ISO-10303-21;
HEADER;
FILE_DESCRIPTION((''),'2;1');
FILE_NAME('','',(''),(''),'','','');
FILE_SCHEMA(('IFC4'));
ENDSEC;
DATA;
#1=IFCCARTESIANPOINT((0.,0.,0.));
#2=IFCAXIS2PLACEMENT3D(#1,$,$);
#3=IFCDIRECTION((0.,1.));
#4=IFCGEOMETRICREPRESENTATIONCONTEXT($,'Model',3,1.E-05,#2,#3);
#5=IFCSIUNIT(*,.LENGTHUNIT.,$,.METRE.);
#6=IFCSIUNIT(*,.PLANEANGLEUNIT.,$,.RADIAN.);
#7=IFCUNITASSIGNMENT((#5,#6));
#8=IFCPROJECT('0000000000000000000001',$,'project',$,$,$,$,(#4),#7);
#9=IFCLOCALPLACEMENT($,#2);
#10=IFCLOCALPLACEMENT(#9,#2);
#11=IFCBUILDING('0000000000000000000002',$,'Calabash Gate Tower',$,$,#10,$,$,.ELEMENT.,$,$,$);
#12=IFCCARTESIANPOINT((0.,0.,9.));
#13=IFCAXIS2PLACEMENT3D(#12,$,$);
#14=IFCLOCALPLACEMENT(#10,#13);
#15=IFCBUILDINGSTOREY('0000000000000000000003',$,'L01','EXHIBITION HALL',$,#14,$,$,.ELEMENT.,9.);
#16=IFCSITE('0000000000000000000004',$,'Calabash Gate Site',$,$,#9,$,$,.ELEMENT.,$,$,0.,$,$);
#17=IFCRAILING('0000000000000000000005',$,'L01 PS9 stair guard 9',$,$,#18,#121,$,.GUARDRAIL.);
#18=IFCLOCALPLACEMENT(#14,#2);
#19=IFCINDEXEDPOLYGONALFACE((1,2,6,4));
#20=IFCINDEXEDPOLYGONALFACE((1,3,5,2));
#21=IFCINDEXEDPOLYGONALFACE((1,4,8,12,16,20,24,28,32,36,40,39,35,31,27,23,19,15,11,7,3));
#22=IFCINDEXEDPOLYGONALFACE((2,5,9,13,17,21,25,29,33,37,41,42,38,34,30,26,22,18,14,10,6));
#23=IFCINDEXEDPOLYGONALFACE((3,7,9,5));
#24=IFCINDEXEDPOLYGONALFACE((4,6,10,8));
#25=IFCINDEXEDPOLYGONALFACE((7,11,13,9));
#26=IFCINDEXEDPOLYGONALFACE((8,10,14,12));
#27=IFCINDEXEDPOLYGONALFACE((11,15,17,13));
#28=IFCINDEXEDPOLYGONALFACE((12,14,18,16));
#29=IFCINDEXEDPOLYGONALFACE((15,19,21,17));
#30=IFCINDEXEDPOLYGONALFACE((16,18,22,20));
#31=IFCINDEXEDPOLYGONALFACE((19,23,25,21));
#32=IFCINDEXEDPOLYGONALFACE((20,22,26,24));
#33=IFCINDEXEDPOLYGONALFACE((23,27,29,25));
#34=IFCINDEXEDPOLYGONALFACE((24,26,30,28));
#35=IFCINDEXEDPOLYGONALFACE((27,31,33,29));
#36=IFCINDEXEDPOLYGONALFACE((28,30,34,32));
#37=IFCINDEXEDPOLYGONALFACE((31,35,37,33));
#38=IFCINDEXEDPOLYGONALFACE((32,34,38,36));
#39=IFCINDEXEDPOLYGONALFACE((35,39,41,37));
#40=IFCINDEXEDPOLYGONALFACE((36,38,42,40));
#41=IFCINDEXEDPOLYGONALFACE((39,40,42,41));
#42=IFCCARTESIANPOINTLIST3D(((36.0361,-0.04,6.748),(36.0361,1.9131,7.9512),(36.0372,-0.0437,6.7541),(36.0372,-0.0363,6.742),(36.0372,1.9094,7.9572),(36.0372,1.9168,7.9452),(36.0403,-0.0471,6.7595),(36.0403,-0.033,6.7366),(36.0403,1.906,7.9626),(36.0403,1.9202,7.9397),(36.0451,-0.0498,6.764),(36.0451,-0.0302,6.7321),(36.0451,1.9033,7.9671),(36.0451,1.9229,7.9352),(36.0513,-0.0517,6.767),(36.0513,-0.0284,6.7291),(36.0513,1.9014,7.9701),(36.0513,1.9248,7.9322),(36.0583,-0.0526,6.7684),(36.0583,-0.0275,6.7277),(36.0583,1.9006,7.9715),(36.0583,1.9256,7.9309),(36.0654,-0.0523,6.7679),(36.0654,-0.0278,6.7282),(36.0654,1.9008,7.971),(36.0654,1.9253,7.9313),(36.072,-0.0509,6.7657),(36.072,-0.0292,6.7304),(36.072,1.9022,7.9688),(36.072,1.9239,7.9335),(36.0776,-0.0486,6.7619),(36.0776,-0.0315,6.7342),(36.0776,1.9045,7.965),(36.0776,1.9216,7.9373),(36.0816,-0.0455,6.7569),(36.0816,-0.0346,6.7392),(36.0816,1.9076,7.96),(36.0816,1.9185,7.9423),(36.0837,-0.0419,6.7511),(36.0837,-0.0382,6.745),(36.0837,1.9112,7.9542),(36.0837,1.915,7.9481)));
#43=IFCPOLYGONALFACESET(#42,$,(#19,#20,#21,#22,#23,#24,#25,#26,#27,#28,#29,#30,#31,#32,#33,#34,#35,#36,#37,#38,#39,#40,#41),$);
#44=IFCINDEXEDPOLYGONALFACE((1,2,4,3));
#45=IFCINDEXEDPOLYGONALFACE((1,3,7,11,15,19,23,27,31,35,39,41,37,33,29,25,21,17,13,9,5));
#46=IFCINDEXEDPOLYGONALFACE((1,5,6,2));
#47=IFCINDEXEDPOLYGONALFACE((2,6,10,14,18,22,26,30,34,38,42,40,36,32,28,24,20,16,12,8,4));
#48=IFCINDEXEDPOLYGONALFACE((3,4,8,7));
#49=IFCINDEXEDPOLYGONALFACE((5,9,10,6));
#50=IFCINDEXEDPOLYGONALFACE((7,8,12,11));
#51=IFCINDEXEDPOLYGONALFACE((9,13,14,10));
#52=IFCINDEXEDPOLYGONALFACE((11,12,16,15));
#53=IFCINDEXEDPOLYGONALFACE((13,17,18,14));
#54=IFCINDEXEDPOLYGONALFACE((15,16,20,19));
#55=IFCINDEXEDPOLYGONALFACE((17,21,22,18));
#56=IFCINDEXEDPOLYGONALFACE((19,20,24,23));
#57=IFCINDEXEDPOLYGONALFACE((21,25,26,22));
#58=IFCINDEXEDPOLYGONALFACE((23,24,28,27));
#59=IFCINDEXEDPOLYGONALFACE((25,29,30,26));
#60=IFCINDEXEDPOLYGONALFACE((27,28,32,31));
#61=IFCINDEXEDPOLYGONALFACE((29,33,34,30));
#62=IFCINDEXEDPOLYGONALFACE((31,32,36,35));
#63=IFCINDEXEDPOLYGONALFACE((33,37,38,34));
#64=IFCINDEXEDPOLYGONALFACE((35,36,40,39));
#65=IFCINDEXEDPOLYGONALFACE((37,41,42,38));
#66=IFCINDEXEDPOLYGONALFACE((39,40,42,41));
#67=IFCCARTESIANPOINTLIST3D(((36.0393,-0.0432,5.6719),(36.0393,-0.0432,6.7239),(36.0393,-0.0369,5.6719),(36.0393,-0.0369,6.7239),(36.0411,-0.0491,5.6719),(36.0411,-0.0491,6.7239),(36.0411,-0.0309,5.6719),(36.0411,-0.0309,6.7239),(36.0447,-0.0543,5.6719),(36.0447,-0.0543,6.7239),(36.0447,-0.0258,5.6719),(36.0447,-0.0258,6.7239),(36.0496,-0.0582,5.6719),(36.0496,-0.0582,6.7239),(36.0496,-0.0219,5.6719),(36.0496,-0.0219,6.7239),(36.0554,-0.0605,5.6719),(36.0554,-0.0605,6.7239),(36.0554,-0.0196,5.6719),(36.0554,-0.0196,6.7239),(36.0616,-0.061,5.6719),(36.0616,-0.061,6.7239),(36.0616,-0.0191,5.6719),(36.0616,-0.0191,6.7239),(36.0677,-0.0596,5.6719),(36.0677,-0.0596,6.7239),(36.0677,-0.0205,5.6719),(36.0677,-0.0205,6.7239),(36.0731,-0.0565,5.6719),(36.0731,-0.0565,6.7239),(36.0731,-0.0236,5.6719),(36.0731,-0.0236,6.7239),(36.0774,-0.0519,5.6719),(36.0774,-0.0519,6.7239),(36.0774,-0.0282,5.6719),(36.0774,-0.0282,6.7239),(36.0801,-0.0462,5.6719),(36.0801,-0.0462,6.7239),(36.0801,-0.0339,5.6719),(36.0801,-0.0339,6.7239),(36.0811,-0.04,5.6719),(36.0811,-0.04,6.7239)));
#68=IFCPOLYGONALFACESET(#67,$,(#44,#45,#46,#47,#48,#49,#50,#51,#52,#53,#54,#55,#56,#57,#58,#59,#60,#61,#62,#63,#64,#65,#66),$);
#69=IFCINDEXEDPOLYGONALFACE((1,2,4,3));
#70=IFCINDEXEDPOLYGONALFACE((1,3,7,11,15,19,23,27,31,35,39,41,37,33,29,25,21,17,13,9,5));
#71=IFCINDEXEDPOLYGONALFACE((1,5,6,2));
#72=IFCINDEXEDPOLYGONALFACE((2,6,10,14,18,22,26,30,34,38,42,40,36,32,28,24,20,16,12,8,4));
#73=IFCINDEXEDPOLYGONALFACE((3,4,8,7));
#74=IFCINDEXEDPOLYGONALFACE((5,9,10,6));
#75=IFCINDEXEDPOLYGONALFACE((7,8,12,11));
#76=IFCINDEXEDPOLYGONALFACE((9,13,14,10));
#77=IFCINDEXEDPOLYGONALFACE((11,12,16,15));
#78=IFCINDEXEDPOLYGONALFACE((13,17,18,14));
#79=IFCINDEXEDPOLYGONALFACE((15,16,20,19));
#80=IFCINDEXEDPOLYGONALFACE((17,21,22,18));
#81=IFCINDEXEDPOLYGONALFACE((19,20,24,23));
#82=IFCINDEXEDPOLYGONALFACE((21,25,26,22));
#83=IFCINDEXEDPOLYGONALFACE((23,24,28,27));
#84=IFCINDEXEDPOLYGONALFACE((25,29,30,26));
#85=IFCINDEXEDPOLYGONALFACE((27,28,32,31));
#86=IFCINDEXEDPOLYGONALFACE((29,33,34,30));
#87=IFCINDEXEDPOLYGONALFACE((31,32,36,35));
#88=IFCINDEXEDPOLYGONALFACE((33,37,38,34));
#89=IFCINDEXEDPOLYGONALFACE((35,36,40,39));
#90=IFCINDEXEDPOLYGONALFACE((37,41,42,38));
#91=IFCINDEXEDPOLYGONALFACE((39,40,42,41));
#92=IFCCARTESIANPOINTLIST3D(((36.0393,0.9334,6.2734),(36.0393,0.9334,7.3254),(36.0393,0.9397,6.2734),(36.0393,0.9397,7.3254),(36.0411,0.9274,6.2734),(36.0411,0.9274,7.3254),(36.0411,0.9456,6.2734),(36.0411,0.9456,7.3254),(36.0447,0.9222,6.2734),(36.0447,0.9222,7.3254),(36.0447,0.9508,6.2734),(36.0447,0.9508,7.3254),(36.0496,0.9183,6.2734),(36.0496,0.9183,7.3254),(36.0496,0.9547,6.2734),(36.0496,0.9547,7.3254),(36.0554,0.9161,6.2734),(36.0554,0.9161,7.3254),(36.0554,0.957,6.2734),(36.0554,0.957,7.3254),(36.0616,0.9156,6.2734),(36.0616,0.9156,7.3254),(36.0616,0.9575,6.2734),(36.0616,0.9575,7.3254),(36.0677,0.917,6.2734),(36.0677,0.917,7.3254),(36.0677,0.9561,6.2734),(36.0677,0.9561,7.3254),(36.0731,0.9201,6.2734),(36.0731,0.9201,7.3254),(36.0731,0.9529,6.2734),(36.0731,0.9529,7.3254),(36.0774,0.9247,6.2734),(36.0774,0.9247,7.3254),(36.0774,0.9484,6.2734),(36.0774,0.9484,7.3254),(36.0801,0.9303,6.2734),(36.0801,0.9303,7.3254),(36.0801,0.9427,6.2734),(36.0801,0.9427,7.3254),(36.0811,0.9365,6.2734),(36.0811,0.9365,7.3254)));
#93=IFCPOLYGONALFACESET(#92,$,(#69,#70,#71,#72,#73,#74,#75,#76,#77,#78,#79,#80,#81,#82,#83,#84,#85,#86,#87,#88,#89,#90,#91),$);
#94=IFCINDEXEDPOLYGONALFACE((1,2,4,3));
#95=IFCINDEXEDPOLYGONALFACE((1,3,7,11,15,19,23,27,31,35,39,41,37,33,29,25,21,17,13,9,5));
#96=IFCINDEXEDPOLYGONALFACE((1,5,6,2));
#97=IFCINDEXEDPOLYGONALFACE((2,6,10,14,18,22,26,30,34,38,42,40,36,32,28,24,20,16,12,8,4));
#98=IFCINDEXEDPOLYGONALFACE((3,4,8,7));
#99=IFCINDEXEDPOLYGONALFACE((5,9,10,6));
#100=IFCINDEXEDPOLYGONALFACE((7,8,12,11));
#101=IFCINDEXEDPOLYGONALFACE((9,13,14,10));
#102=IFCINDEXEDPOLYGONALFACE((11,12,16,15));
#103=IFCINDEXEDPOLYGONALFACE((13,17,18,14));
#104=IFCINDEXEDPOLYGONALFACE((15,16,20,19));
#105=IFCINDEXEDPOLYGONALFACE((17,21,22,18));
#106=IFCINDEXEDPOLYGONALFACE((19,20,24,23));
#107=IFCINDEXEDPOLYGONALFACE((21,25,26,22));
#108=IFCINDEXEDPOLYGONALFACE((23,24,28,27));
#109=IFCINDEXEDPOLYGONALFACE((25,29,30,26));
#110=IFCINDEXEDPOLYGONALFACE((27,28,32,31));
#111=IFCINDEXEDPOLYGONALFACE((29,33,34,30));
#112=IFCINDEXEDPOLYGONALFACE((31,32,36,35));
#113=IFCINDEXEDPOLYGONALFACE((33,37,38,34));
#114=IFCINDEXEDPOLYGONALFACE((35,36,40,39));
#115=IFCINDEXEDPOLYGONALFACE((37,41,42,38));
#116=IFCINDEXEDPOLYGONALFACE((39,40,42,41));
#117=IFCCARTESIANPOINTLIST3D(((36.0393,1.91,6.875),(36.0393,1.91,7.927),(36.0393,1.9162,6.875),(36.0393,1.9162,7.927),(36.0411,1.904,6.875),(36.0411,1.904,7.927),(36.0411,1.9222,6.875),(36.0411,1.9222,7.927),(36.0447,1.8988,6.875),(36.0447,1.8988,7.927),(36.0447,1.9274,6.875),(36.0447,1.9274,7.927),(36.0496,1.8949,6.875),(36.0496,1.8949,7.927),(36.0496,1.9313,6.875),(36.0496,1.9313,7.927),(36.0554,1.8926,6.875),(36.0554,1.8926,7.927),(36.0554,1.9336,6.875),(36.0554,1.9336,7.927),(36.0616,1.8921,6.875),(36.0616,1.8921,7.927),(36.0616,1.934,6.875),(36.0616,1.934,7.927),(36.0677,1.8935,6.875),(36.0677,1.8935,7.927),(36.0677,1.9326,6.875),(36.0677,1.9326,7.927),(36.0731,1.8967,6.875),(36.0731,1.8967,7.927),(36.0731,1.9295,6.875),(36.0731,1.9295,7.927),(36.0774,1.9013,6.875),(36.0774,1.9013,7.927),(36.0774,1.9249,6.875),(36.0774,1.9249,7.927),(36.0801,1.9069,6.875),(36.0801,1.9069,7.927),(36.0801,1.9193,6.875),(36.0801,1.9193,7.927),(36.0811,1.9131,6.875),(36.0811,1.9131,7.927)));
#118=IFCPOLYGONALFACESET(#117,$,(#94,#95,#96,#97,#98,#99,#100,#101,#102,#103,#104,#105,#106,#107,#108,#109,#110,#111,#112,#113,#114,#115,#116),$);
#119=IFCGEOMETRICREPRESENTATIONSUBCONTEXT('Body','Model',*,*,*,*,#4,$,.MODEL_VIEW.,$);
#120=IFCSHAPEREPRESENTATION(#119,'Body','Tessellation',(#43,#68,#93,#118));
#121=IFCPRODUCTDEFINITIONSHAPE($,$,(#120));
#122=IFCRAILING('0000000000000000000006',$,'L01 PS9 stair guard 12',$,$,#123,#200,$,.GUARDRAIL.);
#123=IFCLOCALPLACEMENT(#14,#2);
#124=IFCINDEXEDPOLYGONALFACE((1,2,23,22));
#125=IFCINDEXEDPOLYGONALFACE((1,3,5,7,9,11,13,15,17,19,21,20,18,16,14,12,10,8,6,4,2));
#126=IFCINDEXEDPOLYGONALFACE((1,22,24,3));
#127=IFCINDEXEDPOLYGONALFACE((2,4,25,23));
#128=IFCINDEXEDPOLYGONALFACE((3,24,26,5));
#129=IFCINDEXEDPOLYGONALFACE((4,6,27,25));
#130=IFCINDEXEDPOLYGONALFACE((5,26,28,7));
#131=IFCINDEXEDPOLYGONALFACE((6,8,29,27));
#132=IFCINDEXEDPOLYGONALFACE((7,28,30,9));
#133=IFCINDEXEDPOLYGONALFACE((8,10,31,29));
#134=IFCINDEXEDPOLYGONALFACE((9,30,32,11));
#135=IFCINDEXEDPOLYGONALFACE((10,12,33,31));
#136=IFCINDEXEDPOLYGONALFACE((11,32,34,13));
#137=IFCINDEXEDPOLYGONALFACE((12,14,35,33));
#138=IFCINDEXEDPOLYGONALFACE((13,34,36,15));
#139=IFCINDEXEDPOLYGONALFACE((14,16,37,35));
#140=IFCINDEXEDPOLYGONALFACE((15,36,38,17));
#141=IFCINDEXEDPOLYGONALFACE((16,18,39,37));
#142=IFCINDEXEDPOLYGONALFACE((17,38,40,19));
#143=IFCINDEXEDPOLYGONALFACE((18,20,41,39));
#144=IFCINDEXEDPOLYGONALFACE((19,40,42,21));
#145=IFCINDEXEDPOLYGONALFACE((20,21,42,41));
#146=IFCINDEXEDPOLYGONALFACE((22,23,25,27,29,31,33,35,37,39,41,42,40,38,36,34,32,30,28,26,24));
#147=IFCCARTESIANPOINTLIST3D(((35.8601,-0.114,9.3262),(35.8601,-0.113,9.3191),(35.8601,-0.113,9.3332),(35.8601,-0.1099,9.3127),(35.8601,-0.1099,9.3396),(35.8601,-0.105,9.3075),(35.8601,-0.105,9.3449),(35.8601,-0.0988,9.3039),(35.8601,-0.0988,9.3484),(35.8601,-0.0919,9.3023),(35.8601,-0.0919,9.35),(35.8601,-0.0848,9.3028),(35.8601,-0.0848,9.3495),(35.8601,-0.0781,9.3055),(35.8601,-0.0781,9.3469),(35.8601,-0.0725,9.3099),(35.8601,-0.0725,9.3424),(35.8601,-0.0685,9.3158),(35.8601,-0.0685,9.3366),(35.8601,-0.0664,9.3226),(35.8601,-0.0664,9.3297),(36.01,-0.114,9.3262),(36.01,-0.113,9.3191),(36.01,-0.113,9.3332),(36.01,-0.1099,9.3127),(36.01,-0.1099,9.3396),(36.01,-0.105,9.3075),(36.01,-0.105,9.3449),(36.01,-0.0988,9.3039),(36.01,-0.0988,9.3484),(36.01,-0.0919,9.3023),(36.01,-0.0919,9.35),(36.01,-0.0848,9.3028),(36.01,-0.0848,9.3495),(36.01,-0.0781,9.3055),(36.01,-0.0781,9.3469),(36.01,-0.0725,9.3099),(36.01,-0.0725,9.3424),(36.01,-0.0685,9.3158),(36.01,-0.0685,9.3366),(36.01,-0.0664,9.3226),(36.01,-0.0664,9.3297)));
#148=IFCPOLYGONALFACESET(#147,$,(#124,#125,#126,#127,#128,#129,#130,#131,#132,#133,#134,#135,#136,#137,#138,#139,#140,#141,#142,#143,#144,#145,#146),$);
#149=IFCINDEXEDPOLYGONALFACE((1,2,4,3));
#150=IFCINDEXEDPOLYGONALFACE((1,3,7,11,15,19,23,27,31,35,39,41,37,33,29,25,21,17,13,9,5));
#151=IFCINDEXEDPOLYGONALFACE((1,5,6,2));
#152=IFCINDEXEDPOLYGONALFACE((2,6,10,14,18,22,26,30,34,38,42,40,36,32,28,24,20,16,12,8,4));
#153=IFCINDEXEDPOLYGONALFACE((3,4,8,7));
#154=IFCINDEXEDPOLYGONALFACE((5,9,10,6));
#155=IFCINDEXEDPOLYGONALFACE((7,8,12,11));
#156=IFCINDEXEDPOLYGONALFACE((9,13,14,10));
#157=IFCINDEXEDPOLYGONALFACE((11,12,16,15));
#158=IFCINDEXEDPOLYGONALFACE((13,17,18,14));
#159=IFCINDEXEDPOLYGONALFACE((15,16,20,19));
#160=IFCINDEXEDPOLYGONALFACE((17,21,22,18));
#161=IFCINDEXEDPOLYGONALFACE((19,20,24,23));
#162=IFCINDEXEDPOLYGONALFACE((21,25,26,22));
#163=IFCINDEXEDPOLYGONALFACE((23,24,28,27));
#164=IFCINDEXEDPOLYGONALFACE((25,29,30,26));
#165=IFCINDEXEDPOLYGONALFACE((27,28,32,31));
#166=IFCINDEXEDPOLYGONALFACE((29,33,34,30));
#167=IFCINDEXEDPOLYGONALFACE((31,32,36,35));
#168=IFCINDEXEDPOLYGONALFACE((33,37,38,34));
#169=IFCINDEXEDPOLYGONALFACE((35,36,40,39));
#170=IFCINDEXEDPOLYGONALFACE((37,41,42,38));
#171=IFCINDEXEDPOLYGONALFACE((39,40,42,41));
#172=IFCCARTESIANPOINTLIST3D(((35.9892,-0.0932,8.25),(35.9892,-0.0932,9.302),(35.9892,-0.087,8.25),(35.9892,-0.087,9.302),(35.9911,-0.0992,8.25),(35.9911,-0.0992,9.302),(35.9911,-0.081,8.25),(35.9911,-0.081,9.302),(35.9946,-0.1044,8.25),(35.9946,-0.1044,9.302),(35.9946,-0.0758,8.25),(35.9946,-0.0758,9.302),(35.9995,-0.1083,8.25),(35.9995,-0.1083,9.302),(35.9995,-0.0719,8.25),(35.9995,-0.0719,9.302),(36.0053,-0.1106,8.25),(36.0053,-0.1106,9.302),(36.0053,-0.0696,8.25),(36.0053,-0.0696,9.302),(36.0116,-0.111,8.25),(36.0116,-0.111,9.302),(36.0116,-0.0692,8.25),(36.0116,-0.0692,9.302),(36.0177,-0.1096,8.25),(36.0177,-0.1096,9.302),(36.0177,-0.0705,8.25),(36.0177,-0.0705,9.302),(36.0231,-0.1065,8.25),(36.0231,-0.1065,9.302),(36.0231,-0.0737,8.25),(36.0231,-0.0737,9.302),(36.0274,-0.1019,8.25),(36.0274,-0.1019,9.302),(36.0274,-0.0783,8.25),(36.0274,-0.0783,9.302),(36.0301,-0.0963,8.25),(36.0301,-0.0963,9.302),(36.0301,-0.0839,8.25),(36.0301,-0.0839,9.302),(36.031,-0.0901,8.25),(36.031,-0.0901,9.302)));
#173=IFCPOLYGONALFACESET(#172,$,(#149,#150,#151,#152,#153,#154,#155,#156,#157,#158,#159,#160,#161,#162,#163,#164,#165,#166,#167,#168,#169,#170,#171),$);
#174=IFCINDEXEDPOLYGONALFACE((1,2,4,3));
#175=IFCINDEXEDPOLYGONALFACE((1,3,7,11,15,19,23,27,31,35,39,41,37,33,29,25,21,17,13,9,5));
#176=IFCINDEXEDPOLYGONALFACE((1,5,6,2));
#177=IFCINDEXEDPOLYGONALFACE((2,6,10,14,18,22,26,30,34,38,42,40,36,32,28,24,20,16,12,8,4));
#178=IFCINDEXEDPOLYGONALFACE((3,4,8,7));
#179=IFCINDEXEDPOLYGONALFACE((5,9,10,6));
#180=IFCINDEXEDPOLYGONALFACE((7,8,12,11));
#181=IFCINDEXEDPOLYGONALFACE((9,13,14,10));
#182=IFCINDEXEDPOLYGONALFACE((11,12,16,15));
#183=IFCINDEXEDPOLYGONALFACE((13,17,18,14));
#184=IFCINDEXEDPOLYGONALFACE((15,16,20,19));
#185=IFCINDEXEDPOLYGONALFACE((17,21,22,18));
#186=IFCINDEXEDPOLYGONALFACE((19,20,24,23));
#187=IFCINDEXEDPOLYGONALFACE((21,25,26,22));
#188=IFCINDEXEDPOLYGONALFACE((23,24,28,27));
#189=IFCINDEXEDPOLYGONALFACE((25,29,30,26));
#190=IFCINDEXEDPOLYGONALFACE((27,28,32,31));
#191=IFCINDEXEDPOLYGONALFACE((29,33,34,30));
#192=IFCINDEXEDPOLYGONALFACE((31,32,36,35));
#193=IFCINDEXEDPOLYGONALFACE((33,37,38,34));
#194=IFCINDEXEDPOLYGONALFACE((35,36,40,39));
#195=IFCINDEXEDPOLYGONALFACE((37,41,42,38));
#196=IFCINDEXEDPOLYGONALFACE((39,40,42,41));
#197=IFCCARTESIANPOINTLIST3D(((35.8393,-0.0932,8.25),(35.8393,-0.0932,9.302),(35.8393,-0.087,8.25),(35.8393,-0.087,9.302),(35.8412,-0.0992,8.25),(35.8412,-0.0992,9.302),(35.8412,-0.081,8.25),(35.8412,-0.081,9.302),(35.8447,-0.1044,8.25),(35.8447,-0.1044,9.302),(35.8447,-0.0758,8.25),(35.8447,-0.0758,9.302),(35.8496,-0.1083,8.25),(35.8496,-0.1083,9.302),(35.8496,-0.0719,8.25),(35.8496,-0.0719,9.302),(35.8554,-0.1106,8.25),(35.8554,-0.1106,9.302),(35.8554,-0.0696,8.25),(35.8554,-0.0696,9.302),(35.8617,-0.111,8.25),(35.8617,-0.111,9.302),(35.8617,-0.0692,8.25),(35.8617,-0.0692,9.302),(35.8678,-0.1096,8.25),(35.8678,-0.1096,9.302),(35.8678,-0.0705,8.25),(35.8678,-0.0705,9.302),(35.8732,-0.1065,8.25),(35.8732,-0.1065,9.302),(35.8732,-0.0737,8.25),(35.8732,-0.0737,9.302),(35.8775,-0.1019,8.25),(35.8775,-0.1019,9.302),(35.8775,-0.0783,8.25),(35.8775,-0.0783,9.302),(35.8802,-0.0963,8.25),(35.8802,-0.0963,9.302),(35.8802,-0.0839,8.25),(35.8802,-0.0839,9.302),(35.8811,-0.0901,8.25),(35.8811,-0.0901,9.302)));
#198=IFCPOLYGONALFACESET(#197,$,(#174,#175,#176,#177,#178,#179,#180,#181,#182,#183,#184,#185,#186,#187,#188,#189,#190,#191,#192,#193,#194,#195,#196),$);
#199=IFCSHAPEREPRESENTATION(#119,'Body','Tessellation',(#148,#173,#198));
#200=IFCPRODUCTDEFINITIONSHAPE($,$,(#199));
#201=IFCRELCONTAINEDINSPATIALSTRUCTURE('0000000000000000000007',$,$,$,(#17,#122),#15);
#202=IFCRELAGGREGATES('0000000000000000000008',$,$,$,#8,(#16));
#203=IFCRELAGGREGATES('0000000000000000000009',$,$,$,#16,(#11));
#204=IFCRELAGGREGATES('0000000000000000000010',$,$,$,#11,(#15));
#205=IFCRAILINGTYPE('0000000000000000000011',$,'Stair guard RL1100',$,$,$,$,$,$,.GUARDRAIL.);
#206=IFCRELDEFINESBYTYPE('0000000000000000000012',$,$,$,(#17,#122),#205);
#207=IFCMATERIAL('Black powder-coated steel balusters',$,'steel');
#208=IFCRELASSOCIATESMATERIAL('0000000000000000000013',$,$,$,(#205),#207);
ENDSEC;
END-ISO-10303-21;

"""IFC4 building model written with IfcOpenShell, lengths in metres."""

from ifc_helpers import new_model, si_unit, direction, frame, origin, origin_2d, place, context, subcontext, project, spatial, circle, extrude, material, type_object, element, save


model = new_model("IFC4")

# Units and contexts
model_context = context("Model", 3, precision=1e-05, world=origin(), true_north=direction((0.0, 1.0)))
body_context = subcontext(model_context, "Body", "Model", "MODEL_VIEW")
ifc_project = project(units=[si_unit("LENGTHUNIT", "METRE"), si_unit("PLANEANGLEUNIT", "RADIAN")], contexts=[model_context])

# Site, building, storey
site_placement = place(None, origin())
site = spatial("IfcSite", under=ifc_project, at=site_placement, Name="Calabash Gate Site", CompositionType="ELEMENT", RefElevation=0.0)
building_placement = place(site_placement, origin())
building = spatial("IfcBuilding", under=site, at=building_placement, Name="Calabash Gate Tower", CompositionType="ELEMENT")
storey_placement = place(building_placement, frame((0.0, 0.0, 9.0)))
storey = spatial("IfcBuildingStorey", under=building, at=storey_placement, Name="L01", Description="EXHIBITION HALL", CompositionType="ELEMENT", Elevation=9.0)

# Railings
ifc_material_1 = material(Name="Black powder-coated steel balusters", Category="steel")
railing_type_1 = type_object("IfcRailingType", Name="Stair guard RL1100", PredefinedType="GUARDRAIL", material=ifc_material_1)
railing_1_placement = place(storey_placement, frame((36.0601, -0.04, 5.6719)))
element("IfcRailing", 1, at=railing_1_placement, inside=storey, type_object=railing_type_1, Name="L01 PS9 stair guard 9", PredefinedType="GUARDRAIL", context=body_context, shape_type="SweptSolid", body=[
    extrude(circle(Radius=0.0239, at=origin_2d()), frame((0.0, 0.0, 1.0762), z_axis=(0.0, 0.851424, 0.524477), x_axis=(-1.0, 0.0, 0.0)), (0.0, 0.0, 1.0), 2.2939),
    extrude(circle(Radius=0.021, at=origin_2d()), origin(), (0.0, 0.0, 1.0), 1.052),
    extrude(circle(Radius=0.021, at=origin_2d()), frame((0.0, 0.9766, 0.6016)), (0.0, 0.0, 1.0), 1.052),
    extrude(circle(Radius=0.021, at=origin_2d()), frame((0.0, 1.9531, 1.2031)), (0.0, 0.0, 1.0), 1.052),
])
railing_2_placement = place(storey_placement, frame((36.01, -0.0901, 8.25)))
element("IfcRailing", 2, at=railing_2_placement, inside=storey, type_object=railing_type_1, Name="L01 PS9 stair guard 12", PredefinedType="GUARDRAIL", context=body_context, shape_type="SweptSolid", body=[
    extrude(circle(Radius=0.0239, at=origin_2d()), frame((0.0, 0.0, 1.0762), z_axis=(-1.0, 0.0, 0.0), x_axis=(0.0, -1.0, 0.0)), (0.0, 0.0, 1.0), 0.1499),
    extrude(circle(Radius=0.021, at=origin_2d()), origin(), (0.0, 0.0, 1.0), 1.052),
    extrude(circle(Radius=0.021, at=origin_2d()), frame((-0.1499, 0.0, 0.0)), (0.0, 0.0, 1.0), 1.052),
])

save(model, "model.ifc")
